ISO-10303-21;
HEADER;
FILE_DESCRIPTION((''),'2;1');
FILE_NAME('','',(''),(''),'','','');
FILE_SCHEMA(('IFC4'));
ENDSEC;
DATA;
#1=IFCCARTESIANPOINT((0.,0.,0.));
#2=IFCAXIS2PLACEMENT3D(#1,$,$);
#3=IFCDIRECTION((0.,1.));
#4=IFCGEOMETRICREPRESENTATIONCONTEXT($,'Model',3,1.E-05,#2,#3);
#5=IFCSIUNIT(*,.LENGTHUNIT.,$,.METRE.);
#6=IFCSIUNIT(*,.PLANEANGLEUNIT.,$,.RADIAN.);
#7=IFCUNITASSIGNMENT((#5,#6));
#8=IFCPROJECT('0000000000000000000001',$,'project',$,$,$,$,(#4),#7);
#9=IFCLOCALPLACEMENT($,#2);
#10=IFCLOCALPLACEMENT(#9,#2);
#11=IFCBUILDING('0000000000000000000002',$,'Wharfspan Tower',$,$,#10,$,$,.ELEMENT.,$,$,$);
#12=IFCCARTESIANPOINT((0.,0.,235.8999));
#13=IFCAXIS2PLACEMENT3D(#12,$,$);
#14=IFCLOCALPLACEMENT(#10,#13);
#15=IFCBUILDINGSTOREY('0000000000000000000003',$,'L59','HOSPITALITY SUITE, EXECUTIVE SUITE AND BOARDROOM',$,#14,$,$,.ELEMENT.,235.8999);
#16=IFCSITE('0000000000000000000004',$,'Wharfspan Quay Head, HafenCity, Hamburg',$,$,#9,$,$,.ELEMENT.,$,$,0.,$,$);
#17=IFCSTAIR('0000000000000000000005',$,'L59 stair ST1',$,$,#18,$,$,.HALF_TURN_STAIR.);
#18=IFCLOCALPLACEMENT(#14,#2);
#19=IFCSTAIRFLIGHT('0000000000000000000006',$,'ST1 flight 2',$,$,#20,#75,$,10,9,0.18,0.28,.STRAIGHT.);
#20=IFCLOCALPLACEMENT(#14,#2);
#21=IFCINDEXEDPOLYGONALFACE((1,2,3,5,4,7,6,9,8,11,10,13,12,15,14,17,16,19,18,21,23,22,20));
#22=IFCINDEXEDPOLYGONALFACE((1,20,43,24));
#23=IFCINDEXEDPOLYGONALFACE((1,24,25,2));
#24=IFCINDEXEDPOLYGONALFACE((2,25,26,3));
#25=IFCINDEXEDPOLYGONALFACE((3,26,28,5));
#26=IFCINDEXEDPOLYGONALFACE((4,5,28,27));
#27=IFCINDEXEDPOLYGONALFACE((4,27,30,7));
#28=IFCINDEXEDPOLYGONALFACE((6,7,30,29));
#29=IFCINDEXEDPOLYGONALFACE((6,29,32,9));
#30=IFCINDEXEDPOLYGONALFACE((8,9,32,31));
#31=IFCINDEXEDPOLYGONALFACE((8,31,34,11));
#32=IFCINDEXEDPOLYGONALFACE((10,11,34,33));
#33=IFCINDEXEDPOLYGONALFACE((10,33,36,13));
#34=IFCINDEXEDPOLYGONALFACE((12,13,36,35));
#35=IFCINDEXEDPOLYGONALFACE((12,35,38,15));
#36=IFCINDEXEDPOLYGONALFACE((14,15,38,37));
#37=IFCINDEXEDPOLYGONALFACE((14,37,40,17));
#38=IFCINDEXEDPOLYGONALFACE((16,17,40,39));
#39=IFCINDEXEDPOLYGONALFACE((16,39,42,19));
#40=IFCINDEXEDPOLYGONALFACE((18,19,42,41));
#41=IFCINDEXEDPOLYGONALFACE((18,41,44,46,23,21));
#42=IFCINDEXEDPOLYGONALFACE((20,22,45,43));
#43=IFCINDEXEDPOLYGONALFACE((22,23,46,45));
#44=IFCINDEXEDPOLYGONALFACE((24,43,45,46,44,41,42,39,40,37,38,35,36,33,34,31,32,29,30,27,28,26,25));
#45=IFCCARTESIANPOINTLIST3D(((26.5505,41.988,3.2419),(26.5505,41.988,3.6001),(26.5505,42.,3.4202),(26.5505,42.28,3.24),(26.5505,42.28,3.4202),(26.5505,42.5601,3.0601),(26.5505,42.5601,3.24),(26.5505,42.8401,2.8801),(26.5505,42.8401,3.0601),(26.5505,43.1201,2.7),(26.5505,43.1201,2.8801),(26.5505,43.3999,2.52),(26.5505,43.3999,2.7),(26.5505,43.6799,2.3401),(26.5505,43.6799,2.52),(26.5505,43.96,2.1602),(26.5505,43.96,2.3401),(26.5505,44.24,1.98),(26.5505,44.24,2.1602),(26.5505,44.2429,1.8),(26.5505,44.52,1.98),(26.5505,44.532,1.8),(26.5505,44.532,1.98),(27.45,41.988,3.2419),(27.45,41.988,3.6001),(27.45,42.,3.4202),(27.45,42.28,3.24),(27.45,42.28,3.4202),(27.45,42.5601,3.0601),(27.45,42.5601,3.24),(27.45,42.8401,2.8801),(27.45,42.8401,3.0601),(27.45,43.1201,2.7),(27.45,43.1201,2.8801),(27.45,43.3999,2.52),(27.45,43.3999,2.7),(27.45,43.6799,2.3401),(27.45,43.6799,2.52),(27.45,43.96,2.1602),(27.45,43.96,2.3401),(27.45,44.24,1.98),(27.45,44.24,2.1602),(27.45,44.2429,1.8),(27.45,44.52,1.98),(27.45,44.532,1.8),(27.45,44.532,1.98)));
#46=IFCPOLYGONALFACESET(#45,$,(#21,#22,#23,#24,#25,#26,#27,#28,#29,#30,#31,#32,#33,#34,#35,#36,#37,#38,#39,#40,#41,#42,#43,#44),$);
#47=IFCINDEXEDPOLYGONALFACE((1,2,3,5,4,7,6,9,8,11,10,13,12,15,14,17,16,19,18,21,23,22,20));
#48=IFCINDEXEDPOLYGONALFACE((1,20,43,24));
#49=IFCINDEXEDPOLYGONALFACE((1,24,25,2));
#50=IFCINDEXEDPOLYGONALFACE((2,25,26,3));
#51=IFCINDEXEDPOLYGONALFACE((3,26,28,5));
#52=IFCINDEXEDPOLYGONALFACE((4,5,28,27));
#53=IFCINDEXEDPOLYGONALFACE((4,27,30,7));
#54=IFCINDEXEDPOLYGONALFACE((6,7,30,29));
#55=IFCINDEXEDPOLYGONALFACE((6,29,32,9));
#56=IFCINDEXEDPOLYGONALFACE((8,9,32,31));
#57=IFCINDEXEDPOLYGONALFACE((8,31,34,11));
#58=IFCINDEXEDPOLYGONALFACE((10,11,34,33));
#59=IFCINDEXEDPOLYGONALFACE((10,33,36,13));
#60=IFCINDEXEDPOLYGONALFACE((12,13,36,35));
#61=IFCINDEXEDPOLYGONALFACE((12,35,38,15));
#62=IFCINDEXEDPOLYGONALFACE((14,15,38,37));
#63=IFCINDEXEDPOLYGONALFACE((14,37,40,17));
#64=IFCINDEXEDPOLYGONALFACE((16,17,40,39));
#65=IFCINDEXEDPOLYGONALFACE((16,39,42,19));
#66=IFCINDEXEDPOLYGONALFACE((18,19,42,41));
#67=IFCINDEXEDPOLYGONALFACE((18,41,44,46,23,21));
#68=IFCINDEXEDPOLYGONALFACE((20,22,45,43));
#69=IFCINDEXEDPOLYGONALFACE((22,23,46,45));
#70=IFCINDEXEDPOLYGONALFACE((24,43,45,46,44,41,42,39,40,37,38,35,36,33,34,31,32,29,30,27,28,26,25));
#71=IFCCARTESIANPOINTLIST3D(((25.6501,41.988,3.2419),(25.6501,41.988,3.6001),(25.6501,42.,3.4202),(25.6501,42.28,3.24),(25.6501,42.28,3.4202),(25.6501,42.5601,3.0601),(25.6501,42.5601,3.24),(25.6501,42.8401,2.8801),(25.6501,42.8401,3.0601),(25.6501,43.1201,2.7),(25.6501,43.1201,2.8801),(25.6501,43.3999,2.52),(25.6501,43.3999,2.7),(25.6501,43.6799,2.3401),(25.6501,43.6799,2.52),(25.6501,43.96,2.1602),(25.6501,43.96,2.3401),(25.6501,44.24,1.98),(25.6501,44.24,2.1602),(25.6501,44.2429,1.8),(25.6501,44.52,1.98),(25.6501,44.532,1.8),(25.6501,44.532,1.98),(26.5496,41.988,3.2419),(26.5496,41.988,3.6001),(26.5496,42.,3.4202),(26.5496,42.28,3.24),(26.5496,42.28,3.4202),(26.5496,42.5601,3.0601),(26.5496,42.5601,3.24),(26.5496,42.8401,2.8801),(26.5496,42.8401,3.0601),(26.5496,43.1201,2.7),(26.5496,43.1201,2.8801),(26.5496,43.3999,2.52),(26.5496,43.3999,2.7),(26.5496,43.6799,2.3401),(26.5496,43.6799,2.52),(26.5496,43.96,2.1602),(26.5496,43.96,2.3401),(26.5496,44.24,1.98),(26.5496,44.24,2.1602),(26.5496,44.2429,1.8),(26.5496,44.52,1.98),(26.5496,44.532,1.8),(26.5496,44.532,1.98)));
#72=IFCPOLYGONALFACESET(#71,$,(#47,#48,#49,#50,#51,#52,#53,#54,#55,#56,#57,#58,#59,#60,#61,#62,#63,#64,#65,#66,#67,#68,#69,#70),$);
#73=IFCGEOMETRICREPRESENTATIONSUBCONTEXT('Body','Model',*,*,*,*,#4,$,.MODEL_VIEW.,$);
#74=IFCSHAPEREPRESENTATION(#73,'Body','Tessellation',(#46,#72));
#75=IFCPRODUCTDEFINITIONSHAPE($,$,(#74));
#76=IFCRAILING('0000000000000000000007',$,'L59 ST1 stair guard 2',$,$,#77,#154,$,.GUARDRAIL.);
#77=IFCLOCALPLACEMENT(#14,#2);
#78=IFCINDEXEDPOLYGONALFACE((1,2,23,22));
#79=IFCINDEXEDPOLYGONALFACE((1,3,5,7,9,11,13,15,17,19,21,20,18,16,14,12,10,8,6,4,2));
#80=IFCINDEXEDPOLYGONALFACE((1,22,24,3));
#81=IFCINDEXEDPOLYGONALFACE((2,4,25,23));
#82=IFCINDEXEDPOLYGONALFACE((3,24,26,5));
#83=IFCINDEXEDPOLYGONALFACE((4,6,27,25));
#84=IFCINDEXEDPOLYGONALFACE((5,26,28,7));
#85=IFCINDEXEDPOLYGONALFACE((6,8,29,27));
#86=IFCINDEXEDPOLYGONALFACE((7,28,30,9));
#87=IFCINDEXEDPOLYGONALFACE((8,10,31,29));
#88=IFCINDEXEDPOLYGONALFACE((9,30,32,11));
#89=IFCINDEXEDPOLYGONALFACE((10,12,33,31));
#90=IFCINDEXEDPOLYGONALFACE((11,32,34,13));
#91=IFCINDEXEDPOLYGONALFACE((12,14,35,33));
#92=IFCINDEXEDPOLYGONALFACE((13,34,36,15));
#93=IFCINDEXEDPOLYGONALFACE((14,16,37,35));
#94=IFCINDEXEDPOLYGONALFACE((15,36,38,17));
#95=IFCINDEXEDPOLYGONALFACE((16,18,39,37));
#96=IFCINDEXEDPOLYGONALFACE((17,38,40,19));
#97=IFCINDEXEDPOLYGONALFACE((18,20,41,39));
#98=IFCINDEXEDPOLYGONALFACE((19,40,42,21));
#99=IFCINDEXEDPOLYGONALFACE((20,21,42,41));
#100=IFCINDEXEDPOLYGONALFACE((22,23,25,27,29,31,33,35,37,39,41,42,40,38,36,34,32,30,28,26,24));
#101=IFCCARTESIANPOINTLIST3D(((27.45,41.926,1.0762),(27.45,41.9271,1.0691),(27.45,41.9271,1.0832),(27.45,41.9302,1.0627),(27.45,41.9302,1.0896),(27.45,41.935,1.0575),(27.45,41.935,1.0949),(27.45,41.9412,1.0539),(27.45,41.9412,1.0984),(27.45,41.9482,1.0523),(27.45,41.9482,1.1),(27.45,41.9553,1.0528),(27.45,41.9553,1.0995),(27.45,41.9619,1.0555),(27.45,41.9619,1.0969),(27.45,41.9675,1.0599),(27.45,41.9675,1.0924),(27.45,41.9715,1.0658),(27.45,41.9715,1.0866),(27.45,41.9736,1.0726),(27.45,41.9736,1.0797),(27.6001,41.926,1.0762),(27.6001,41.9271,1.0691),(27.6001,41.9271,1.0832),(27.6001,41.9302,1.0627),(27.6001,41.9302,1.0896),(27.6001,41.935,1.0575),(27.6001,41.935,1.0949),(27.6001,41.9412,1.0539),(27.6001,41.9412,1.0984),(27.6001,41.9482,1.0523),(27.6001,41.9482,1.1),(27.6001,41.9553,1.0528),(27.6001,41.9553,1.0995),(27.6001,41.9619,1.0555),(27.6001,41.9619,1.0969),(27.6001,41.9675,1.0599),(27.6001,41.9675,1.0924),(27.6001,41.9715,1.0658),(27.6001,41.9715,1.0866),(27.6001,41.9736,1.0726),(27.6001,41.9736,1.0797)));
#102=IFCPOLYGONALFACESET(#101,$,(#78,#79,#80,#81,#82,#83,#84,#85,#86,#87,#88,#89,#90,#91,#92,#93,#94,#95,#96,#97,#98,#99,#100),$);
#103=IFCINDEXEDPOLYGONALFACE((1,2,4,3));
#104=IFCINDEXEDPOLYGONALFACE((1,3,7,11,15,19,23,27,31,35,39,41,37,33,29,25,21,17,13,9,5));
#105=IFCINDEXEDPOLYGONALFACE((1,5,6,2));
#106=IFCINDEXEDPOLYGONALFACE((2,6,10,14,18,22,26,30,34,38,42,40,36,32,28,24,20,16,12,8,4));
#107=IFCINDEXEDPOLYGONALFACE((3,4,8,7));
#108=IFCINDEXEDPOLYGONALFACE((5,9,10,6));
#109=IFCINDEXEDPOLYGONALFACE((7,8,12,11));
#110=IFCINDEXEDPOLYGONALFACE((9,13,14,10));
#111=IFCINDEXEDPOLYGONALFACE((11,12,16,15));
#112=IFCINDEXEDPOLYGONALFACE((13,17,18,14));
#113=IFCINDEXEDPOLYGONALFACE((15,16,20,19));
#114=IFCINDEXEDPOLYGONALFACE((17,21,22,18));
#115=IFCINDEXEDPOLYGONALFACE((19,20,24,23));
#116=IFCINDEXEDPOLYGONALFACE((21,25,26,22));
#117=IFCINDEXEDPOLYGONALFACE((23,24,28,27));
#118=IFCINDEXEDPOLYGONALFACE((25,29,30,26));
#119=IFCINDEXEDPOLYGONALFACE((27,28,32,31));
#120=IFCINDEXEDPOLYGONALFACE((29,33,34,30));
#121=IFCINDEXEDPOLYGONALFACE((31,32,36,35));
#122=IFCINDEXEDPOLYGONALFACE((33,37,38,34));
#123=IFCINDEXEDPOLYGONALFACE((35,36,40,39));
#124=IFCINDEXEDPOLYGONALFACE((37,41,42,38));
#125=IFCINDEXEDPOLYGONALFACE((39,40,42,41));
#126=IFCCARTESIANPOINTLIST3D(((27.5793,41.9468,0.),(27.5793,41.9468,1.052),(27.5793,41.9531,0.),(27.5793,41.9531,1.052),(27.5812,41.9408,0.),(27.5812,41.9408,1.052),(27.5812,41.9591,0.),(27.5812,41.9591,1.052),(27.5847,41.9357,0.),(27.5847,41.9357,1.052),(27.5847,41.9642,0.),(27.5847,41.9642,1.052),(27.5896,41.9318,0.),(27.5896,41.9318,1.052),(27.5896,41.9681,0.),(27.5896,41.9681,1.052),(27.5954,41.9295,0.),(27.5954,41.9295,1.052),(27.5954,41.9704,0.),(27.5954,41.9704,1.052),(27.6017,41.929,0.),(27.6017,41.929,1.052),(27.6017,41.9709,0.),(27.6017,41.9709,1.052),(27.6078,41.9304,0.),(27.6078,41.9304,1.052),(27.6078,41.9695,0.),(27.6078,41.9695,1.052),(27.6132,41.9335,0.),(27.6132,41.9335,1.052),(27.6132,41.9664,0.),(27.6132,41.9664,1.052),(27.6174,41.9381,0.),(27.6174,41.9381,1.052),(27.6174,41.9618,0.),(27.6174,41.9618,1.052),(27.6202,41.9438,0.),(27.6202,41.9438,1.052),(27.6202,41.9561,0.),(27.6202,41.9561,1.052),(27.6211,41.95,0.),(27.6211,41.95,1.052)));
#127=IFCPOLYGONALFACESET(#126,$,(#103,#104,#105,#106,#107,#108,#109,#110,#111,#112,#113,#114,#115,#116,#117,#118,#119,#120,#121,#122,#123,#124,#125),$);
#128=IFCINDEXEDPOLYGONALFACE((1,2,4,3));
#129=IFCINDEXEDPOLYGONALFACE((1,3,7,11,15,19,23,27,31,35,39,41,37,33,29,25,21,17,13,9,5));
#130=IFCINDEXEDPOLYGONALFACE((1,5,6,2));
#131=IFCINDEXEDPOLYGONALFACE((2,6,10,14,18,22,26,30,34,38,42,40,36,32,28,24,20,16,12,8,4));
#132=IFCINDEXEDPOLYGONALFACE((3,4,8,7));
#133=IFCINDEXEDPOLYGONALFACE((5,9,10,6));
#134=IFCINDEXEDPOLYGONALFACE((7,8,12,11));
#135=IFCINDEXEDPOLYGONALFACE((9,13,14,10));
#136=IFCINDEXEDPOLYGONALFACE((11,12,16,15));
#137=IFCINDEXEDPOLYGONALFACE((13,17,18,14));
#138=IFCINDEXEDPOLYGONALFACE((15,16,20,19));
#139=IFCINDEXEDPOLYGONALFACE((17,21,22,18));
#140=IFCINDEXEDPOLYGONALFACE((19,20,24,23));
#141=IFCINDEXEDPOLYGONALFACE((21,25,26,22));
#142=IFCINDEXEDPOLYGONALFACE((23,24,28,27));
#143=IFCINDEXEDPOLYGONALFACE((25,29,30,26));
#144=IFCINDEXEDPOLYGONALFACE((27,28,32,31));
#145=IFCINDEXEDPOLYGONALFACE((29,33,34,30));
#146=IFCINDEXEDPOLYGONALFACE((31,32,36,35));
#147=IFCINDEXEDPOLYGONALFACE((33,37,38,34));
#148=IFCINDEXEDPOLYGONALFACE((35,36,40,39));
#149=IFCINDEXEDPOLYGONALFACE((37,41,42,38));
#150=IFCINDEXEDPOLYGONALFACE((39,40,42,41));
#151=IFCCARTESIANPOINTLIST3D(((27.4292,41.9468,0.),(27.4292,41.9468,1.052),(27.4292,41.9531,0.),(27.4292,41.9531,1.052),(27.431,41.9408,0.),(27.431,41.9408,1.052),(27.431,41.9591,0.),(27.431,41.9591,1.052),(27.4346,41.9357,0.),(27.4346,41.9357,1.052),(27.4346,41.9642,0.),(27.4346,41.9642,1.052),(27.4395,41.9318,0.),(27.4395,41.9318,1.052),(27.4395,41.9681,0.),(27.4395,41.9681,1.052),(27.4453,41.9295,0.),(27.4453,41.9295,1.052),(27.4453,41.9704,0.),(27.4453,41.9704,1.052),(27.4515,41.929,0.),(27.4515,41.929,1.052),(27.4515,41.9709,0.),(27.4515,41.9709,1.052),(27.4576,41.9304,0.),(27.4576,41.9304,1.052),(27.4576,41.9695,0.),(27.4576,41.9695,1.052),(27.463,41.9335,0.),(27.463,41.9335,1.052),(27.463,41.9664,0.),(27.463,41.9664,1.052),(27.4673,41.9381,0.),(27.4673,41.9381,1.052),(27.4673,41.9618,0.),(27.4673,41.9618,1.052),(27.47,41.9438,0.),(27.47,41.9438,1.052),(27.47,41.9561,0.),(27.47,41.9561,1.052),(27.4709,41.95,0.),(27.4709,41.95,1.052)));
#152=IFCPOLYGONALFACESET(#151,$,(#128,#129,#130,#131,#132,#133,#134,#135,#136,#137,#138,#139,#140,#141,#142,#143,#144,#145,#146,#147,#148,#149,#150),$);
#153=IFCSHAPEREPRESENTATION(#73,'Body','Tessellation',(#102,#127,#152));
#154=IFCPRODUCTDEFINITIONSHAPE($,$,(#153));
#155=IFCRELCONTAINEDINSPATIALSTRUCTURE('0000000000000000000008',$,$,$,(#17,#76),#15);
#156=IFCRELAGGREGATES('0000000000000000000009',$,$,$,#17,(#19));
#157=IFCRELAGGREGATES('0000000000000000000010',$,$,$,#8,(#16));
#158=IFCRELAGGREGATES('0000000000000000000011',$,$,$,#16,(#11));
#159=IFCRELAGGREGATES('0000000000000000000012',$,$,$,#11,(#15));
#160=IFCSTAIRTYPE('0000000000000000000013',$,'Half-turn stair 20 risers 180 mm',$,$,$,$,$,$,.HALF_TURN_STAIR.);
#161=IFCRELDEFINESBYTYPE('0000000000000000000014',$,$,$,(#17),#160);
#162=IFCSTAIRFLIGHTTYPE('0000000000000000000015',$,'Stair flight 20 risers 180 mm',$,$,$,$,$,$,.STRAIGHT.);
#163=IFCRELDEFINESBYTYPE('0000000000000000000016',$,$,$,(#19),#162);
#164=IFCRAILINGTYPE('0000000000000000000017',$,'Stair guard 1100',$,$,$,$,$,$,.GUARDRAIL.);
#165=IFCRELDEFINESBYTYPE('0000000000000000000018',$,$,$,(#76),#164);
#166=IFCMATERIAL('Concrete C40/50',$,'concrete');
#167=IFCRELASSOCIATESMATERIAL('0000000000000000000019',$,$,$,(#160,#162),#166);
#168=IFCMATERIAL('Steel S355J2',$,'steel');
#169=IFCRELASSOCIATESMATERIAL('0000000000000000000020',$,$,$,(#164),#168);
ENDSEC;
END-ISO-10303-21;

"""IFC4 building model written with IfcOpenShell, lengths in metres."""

from ifc_helpers import new_model, si_unit, direction, frame, origin, origin_2d, place, context, subcontext, project, spatial, polyline, circle, outline, extrude, material, type_object, element, aggregate, save


model = new_model("IFC4")

# Units and contexts
model_context = context("Model", 3, precision=1e-05, world=origin(), true_north=direction((0.0, 1.0)))
body_context = subcontext(model_context, "Body", "Model", "MODEL_VIEW")
ifc_project = project(units=[si_unit("LENGTHUNIT", "METRE"), si_unit("PLANEANGLEUNIT", "RADIAN")], contexts=[model_context])

# Site, building, storey
site_placement = place(None, origin())
site = spatial("IfcSite", under=ifc_project, at=site_placement, Name="Wharfspan Quay Head, HafenCity, Hamburg", CompositionType="ELEMENT", RefElevation=0.0)
building_placement = place(site_placement, origin())
building = spatial("IfcBuilding", under=site, at=building_placement, Name="Wharfspan Tower", CompositionType="ELEMENT")
storey_placement = place(building_placement, frame((0.0, 0.0, 235.8999)))
storey = spatial("IfcBuildingStorey", under=building, at=storey_placement, Name="L59", Description="HOSPITALITY SUITE, EXECUTIVE SUITE AND BOARDROOM", CompositionType="ELEMENT", Elevation=235.8999)

# Shared definitions
ifc_material_1 = material(Name="Steel S355J2", Category="steel")

# Shared definitions
ifc_material_2 = material(Name="Concrete C40/50", Category="concrete")

# Stair, stair flight
stair_type = type_object("IfcStairType", Name="Half-turn stair 20 risers 180 mm", PredefinedType="HALF_TURN_STAIR", material=ifc_material_2)
stair_placement = place(storey_placement, origin())
stair = element("IfcStair", 1, at=stair_placement, inside=storey, type_object=stair_type, Name="L59 stair ST1", PredefinedType="HALF_TURN_STAIR")
stair_flight_type = type_object("IfcStairFlightType", Name="Stair flight 20 risers 180 mm", PredefinedType="STRAIGHT", material=ifc_material_2)
stair_flight_1_placement = place(storey_placement, frame((26.55, 44.52, 1.8), z_axis=(0.0, 0.0, 1.0), x_axis=(0.0, -1.0, 0.0)))
stair_flight_1 = element("IfcStairFlight", 2, at=stair_flight_1_placement, type_object=stair_flight_type, Name="ST1 flight 2", NumberOfRisers=10, NumberOfTreads=9, PredefinedType="STRAIGHT", RiserHeight=0.18, TreadLength=0.28, context=body_context, shape_type="SweptSolid", body=[
    extrude(outline(polyline([(-0.012, 0.0), (-0.012, 0.1799), (0.0, 0.1799), (0.28, 0.1799), (0.28, 0.3601), (0.5601, 0.3601), (0.5601, 0.54), (0.8401, 0.54), (0.8401, 0.72), (1.1201, 0.72), (1.1201, 0.8999), (1.3999, 0.8999), (1.3999, 1.0801), (1.6799, 1.0801), (1.6799, 1.26), (1.96, 1.26), (1.96, 1.4399), (2.24, 1.4399), (2.24, 1.6201), (2.52, 1.6201), (2.532, 1.8), (2.532, 1.4419), (0.2771, 0.0), (-0.012, 0.0)])), frame((0.0, 0.8999, 0.0), z_axis=(0.0, -1.0, 0.0), x_axis=(1.0, 0.0, 0.0)), (0.0, 0.0, 1.0), 0.8994),
    extrude(outline(polyline([(-0.012, 0.0), (-0.012, 0.1799), (0.0, 0.1799), (0.28, 0.1799), (0.28, 0.3601), (0.5601, 0.3601), (0.5601, 0.54), (0.8401, 0.54), (0.8401, 0.72), (1.1201, 0.72), (1.1201, 0.8999), (1.3999, 0.8999), (1.3999, 1.0801), (1.6799, 1.0801), (1.6799, 1.26), (1.96, 1.26), (1.96, 1.4399), (2.24, 1.4399), (2.24, 1.6201), (2.52, 1.6201), (2.532, 1.8), (2.532, 1.4419), (0.2771, 0.0), (-0.012, 0.0)])), frame((0.0, -0.0005, 0.0), z_axis=(0.0, -1.0, 0.0), x_axis=(1.0, 0.0, 0.0)), (0.0, 0.0, 1.0), 0.8994),
])
aggregate(stair, [stair_flight_1])

# Railing
railing_type_1 = type_object("IfcRailingType", Name="Stair guard 1100", PredefinedType="GUARDRAIL", material=ifc_material_1)
railing_1_placement = place(storey_placement, frame((27.6001, 41.95, 0.0)))
element("IfcRailing", 3, at=railing_1_placement, inside=storey, type_object=railing_type_1, Name="L59 ST1 stair guard 2", PredefinedType="GUARDRAIL", context=body_context, shape_type="SweptSolid", body=[
    extrude(circle(Radius=0.0239, at=origin_2d()), frame((0.0, 0.0, 1.0762), z_axis=(-1.0, 0.0, 0.0), x_axis=(0.0, -1.0, 0.0)), (0.0, 0.0, 1.0), 0.1501),
    extrude(circle(Radius=0.021, at=origin_2d()), origin(), (0.0, 0.0, 1.0), 1.052),
    extrude(circle(Radius=0.021, at=origin_2d()), frame((-0.1501, 0.0, 0.0)), (0.0, 0.0, 1.0), 1.052),
])

save(model, "model.ifc")
